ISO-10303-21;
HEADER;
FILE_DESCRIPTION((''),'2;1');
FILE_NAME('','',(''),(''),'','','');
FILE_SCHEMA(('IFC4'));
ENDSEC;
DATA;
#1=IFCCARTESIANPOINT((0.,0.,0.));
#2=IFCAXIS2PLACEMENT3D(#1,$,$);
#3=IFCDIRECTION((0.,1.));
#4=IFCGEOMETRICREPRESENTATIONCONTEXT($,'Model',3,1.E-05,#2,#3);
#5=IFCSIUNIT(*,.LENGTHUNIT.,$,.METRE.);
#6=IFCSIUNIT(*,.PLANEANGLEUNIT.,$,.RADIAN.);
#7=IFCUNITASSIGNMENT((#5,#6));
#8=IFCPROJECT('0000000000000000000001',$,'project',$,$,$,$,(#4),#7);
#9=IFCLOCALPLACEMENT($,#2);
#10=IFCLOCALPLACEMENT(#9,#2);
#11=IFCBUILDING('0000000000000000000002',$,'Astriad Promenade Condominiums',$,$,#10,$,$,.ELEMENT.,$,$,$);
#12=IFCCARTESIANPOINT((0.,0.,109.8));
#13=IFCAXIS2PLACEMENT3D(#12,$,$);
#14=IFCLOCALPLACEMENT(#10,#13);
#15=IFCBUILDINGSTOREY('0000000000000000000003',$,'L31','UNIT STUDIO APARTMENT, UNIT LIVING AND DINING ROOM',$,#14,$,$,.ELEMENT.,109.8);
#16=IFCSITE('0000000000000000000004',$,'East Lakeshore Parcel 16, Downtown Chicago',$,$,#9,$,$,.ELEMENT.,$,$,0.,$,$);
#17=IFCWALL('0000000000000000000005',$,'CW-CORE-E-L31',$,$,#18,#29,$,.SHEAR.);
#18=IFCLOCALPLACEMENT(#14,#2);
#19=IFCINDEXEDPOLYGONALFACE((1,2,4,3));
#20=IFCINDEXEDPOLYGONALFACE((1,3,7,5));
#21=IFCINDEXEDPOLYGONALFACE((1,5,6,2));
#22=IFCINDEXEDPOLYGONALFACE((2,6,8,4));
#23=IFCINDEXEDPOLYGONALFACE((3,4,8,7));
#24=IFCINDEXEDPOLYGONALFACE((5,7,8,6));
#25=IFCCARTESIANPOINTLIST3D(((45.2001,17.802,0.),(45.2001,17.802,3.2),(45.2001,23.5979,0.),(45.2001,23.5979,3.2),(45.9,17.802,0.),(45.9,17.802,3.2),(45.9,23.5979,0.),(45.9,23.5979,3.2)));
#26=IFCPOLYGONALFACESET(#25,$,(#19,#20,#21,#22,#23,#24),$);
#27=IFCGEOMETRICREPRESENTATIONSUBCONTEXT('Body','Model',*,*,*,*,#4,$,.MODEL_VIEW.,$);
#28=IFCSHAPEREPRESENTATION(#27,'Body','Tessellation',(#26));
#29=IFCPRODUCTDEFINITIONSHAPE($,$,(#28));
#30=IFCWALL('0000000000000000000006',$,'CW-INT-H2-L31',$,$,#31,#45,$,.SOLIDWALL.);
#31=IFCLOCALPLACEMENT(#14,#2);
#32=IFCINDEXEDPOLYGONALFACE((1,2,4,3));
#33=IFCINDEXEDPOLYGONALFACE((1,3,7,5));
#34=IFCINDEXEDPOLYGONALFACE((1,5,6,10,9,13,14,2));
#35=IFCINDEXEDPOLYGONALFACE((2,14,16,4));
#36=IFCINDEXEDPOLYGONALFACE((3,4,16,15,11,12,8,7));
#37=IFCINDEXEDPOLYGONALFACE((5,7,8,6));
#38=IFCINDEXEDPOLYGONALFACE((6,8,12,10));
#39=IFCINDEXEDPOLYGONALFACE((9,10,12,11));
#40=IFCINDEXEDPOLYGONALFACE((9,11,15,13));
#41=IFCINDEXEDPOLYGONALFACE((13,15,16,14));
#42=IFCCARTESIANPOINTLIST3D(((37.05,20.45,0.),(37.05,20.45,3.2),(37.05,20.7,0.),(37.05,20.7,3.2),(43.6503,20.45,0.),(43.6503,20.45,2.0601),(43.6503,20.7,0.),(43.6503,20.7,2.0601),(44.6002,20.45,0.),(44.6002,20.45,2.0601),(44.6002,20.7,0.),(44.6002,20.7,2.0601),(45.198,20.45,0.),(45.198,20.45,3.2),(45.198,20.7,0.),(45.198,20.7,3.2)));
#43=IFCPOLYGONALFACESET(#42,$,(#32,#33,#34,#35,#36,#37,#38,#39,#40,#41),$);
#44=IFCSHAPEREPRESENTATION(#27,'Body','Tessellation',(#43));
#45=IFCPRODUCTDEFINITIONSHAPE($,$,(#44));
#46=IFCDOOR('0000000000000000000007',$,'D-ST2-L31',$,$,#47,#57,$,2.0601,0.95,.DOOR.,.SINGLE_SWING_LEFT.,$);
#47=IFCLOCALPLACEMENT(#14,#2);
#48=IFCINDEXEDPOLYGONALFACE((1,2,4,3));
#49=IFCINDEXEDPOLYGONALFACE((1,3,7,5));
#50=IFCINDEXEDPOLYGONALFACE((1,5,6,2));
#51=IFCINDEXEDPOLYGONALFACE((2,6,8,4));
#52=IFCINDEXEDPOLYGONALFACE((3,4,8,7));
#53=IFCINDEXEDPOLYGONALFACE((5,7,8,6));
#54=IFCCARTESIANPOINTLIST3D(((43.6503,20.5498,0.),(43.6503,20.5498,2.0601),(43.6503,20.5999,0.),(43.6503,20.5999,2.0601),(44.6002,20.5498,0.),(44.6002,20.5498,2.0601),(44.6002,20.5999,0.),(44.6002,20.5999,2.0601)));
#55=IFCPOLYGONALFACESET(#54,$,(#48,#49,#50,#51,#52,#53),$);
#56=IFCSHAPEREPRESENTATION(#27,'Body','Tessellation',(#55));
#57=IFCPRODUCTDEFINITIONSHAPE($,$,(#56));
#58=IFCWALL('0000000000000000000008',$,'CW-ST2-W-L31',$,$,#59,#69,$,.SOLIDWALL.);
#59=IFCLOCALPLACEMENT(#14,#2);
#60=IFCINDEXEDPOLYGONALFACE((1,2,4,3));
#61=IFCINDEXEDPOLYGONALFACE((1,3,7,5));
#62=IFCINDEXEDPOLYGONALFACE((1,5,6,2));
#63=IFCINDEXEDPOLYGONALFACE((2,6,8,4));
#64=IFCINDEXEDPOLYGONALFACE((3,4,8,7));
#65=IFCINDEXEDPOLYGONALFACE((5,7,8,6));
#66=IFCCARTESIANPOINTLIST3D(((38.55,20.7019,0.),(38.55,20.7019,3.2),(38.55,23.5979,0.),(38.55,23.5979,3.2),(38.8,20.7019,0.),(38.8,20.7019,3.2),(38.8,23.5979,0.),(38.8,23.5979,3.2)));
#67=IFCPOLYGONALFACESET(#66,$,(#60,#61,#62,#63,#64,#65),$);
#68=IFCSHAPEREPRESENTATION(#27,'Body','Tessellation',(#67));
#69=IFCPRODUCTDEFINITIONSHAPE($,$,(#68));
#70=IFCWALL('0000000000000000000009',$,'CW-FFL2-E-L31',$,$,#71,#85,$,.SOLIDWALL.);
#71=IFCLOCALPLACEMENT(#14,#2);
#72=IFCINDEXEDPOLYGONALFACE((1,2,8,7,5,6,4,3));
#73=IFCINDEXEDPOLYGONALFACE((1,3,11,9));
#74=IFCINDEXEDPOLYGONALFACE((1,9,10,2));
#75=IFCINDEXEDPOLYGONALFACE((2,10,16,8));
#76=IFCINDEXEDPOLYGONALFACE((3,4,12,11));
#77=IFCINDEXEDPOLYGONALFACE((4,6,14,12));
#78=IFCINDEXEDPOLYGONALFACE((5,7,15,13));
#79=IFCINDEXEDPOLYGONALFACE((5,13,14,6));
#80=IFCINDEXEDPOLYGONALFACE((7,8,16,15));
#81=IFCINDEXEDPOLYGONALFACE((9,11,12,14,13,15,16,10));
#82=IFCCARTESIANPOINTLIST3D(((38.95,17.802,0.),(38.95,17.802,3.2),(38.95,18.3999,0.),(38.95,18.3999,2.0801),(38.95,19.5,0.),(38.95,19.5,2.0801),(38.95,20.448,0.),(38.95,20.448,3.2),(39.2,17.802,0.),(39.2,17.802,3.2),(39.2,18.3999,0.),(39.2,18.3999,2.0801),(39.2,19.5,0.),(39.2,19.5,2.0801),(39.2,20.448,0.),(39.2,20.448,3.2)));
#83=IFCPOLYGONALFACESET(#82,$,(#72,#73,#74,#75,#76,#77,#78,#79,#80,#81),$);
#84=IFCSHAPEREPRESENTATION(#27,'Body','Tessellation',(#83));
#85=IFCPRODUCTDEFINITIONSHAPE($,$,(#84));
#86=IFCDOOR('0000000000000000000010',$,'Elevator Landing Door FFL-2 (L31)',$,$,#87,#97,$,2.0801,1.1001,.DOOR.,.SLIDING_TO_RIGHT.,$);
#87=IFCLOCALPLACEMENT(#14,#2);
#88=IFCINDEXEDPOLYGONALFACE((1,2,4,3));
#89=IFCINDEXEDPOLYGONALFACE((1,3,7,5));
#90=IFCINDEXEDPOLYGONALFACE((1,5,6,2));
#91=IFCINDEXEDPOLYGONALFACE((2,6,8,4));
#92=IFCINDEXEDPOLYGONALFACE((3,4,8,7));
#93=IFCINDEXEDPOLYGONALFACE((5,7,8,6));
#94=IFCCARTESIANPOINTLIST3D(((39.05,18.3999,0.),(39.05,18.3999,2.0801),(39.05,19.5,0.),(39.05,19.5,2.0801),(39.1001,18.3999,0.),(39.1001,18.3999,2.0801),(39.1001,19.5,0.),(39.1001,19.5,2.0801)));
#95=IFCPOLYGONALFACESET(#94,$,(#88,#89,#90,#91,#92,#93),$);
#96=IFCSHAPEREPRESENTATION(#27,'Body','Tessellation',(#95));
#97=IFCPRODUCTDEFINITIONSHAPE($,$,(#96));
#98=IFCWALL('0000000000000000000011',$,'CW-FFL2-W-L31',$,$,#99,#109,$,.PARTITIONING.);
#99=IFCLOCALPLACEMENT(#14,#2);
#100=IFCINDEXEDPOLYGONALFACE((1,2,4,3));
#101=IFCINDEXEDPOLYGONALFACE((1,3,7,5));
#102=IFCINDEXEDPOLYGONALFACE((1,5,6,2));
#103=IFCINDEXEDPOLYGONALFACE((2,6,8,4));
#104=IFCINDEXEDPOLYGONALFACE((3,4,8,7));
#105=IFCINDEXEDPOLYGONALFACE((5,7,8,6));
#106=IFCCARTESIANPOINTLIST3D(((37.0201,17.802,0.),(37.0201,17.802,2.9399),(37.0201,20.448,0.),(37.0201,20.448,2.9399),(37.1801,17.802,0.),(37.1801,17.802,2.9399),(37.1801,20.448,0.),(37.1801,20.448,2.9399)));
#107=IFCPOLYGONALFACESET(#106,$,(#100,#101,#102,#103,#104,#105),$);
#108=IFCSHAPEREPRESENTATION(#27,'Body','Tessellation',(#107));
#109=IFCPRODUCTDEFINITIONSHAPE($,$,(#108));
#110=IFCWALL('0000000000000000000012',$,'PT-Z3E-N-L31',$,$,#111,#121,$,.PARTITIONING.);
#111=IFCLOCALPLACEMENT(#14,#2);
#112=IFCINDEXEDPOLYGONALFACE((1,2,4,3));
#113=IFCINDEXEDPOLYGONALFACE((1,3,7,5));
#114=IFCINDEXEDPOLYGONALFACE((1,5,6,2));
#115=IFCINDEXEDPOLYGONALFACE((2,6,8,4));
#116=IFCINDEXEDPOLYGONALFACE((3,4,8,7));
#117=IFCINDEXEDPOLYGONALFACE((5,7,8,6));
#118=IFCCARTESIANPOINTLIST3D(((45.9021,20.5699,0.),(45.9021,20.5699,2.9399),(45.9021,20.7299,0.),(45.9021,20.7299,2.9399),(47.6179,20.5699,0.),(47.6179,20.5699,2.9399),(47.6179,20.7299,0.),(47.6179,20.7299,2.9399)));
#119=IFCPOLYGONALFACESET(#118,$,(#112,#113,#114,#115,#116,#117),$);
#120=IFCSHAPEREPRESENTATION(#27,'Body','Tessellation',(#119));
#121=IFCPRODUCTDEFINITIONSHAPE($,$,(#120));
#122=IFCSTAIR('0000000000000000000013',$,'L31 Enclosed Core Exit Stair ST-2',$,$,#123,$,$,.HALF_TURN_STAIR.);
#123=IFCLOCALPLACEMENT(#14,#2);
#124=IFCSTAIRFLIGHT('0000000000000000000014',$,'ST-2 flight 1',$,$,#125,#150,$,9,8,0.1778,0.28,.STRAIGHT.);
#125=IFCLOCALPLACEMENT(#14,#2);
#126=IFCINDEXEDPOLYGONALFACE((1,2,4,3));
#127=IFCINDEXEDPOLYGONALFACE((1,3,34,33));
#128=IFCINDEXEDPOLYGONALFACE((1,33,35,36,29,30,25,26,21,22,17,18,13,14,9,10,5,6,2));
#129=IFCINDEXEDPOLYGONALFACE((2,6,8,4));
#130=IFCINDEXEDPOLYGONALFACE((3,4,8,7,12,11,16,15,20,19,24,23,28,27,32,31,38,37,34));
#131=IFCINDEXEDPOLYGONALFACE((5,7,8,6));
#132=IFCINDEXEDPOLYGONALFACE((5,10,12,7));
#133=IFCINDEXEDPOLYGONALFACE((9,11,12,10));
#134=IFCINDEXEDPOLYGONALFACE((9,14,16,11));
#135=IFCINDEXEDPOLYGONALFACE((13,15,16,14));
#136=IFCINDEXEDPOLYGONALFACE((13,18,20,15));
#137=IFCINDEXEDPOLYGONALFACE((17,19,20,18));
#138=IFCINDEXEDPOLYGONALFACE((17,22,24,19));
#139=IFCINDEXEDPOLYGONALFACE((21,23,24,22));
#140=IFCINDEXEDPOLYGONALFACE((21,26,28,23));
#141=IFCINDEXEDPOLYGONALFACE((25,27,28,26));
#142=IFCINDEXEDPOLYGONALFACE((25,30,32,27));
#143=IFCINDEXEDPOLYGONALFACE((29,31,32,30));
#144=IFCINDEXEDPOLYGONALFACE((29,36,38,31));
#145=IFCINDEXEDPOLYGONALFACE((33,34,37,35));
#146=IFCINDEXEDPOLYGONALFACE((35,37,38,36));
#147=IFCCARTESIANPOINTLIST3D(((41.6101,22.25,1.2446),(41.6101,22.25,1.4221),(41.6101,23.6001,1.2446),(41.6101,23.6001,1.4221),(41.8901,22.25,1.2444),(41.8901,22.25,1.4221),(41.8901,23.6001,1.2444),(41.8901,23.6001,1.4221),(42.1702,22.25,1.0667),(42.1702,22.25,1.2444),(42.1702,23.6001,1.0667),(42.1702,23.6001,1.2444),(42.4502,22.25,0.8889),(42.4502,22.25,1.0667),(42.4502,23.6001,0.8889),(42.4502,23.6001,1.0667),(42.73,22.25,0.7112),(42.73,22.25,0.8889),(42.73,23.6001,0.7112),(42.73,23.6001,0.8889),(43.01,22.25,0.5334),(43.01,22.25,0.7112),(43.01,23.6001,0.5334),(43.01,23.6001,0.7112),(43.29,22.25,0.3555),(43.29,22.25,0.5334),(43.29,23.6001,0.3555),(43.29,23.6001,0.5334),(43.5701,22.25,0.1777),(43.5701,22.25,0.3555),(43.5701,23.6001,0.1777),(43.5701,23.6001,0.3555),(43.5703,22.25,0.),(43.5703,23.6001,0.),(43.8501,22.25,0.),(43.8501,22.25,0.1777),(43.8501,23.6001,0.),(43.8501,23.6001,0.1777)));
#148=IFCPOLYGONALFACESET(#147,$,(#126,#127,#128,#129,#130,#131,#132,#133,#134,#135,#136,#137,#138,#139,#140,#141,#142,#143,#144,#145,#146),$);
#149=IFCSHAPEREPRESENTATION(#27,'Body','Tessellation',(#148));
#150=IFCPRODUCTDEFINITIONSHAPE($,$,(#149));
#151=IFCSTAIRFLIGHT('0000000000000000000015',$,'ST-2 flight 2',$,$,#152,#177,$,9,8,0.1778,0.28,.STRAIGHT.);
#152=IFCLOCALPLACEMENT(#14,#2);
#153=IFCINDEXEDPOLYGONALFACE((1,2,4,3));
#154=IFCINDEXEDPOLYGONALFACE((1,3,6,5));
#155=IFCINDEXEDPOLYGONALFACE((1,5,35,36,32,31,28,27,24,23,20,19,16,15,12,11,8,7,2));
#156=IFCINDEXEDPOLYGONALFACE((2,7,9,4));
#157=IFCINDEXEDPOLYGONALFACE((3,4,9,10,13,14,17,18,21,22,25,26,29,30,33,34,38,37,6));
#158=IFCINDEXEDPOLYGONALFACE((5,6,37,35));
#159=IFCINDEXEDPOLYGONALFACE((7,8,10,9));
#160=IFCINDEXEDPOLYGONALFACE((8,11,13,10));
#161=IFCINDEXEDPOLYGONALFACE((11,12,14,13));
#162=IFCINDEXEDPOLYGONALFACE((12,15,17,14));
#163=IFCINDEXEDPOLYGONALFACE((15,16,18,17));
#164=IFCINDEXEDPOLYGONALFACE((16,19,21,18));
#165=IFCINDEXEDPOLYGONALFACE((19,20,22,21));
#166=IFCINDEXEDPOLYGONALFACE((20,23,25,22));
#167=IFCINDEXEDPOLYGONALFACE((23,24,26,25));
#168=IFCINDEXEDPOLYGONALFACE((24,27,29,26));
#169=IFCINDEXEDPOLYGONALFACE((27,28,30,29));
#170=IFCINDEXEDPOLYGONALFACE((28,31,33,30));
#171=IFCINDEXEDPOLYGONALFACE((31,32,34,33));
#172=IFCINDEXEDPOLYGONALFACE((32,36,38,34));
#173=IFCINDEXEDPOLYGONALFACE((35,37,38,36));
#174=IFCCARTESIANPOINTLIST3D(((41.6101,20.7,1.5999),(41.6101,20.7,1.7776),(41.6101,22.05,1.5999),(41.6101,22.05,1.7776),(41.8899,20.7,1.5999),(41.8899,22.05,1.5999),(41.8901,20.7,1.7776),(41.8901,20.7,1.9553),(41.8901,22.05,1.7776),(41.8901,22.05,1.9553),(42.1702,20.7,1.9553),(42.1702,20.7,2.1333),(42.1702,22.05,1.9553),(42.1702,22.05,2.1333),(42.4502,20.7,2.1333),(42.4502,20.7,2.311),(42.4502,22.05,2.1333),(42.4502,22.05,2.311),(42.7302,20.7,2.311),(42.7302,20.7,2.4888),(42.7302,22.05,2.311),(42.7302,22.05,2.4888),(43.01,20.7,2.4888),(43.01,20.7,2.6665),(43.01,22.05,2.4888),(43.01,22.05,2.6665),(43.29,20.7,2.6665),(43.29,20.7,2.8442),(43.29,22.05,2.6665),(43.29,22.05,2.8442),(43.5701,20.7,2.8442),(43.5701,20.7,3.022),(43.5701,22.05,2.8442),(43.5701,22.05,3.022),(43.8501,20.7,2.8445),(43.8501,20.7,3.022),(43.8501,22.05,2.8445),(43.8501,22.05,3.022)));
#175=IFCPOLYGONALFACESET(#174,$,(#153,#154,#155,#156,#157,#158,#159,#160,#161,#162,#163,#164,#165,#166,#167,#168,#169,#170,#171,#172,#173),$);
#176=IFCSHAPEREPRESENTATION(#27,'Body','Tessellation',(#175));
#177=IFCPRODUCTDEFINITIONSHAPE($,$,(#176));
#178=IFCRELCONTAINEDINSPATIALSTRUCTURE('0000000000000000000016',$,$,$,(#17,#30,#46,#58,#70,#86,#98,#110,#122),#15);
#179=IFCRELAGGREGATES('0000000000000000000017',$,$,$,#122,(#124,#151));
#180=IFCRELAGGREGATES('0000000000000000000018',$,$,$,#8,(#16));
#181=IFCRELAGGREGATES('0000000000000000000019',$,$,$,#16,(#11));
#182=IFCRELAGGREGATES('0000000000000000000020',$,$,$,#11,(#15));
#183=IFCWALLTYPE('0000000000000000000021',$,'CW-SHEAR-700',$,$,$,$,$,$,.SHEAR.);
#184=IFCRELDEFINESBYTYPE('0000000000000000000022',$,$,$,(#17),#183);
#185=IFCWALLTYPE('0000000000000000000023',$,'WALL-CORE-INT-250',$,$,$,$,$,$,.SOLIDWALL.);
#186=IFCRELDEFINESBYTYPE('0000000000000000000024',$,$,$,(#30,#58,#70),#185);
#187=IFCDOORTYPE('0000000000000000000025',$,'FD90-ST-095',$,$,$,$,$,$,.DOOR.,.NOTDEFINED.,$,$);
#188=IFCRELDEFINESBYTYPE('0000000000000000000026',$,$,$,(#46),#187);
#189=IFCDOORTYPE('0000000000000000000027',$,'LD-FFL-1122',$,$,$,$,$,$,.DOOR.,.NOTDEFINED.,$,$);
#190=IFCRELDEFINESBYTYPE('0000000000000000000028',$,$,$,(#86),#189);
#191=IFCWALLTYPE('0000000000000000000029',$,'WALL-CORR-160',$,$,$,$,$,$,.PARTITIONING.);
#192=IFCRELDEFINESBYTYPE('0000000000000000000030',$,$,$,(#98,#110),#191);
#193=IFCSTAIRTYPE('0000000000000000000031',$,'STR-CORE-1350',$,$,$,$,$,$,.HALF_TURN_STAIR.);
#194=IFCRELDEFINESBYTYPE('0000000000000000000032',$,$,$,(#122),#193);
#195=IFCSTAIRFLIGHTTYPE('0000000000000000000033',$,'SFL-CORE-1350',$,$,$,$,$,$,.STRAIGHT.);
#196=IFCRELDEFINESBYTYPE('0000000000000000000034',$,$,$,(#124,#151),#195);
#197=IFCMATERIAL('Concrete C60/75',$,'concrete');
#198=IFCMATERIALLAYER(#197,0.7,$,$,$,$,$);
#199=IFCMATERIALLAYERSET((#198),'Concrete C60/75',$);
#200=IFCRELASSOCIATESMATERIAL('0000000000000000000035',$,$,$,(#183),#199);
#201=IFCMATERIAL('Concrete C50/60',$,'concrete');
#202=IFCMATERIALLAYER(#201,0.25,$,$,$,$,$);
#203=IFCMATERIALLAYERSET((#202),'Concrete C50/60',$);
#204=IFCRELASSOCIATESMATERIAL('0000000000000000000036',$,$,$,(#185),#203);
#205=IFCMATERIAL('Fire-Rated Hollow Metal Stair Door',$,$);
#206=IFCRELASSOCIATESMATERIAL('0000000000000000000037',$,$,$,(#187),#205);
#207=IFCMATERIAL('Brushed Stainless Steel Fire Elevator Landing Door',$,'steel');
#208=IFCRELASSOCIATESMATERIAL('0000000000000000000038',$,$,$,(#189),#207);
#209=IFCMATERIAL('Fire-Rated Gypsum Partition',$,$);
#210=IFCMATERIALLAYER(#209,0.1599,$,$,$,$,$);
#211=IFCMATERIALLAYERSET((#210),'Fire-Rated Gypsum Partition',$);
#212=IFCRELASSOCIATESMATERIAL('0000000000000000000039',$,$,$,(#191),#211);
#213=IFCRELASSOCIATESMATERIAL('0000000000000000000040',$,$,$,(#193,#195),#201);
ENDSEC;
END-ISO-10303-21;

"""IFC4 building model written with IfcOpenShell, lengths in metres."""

from ifc_helpers import new_model, si_unit, direction, frame, frame_2d, origin, place, context, subcontext, project, spatial, polyline, rectangle, outline, extrude, source, transform, mapped, material, layer, layer_set, type_object, type_shapes, element, fill, aggregate, save


model = new_model("IFC4")

# Units and contexts
model_context = context("Model", 3, precision=1e-05, world=origin(), true_north=direction((0.0, 1.0)))
body_context = subcontext(model_context, "Body", "Model", "MODEL_VIEW")
ifc_project = project(units=[si_unit("LENGTHUNIT", "METRE"), si_unit("PLANEANGLEUNIT", "RADIAN")], contexts=[model_context])

# Site, building, storey
site_placement = place(None, origin())
site = spatial("IfcSite", under=ifc_project, at=site_placement, Name="East Lakeshore Parcel 16, Downtown Chicago", CompositionType="ELEMENT", RefElevation=0.0)
building_placement = place(site_placement, origin())
building = spatial("IfcBuilding", under=site, at=building_placement, Name="Astriad Promenade Condominiums", CompositionType="ELEMENT")
storey_placement = place(building_placement, frame((0.0, 0.0, 109.8)))
storey = spatial("IfcBuildingStorey", under=building, at=storey_placement, Name="L31", Description="UNIT STUDIO APARTMENT, UNIT LIVING AND DINING ROOM", CompositionType="ELEMENT", Elevation=109.8)

# Wall
ifc_material_1 = material(Name="Concrete C60/75", Category="concrete")
ifc_layer_1 = layer(ifc_material_1, 0.7)
ifc_layer_set_1 = layer_set([ifc_layer_1], Name="Concrete C60/75")
wall_type_1 = type_object("IfcWallType", Name="CW-SHEAR-700", PredefinedType="SHEAR", material=ifc_layer_set_1)
wall_1_placement = place(storey_placement, frame((45.55, 17.802, 0.0), z_axis=(0.0, 0.0, 1.0), x_axis=(0.0, 1.0, 0.0)))
element("IfcWall", 1, at=wall_1_placement, inside=storey, type_object=wall_type_1, Name="CW-CORE-E-L31", PredefinedType="SHEAR", context=body_context, shape_type="SweptSolid", body=[
    extrude(rectangle(XDim=5.7959, YDim=0.7, at=frame_2d((2.8979, 0.0))), origin(), (0.0, 0.0, 1.0), 3.2),
])

# Wall, opening, door
ifc_material_2 = material(Name="Concrete C50/60", Category="concrete")
ifc_layer_2 = layer(ifc_material_2, 0.25)
ifc_layer_set_2 = layer_set([ifc_layer_2], Name="Concrete C50/60")
wall_type_2 = type_object("IfcWallType", Name="WALL-CORE-INT-250", PredefinedType="SOLIDWALL", material=ifc_layer_set_2)
wall_2_placement = place(storey_placement, frame((37.05, 20.575, 0.0), z_axis=(0.0, 0.0, 1.0), x_axis=(1.0, 0.0, 0.0)))
wall_2 = element("IfcWall", 2, at=wall_2_placement, inside=storey, type_object=wall_type_2, Name="CW-INT-H2-L31", PredefinedType="SOLIDWALL", context=body_context, shape_type="SweptSolid", body=[
    extrude(rectangle(XDim=8.1479, YDim=0.25, at=frame_2d((4.074, 0.0))), origin(), (0.0, 0.0, 1.0), 3.2),
])
opening_1_placement = place(wall_2_placement, frame((6.6001, 0.0, 0.0)))
opening_1 = element("IfcOpeningElement", 3, at=opening_1_placement, cuts=wall_2, PredefinedType="OPENING", context=body_context, shape_type="SweptSolid", body=[
    extrude(rectangle(XDim=0.95, YDim=2.0601, at=frame_2d((0.4751, 1.03))), frame((0.0, 0.135, 0.0), z_axis=(0.0, -1.0, 0.0), x_axis=(1.0, 0.0, 0.0)), (0.0, 0.0, 1.0), 0.27),
])
ifc_material_3 = material(Name="Fire-Rated Hollow Metal Stair Door")
door_type_1 = type_object("IfcDoorType", Name="FD90-ST-095", OperationType="NOTDEFINED", PredefinedType="DOOR", material=ifc_material_3)
shared_shape_1 = source(origin(), body_context, "Body", "SweptSolid", [
    extrude(rectangle(XDim=0.95, YDim=2.0601, at=frame_2d((0.4751, 1.03))), frame((0.0, 0.0249, 0.0), z_axis=(0.0, -1.0, 0.0), x_axis=(1.0, 0.0, 0.0)), (0.0, 0.0, 1.0), 0.05),
])
type_shapes(door_type_1, [shared_shape_1])
door_1_placement = place(opening_1_placement, origin())
door_1 = element("IfcDoor", 4, at=door_1_placement, inside=storey, type_object=door_type_1, Name="D-ST2-L31", OperationType="SINGLE_SWING_LEFT", OverallHeight=2.0601, OverallWidth=0.95, PredefinedType="DOOR", context=body_context, shape_type="MappedRepresentation", body=[
    mapped(shared_shape_1, transform((0.0, 0.0, 0.0), scale=1.0)),
])
fill(opening_1, door_1)

# Wall
wall_3_placement = place(storey_placement, frame((38.675, 20.7019, 0.0), z_axis=(0.0, 0.0, 1.0), x_axis=(0.0, 1.0, 0.0)))
element("IfcWall", 5, at=wall_3_placement, inside=storey, type_object=wall_type_2, Name="CW-ST2-W-L31", PredefinedType="SOLIDWALL", context=body_context, shape_type="SweptSolid", body=[
    extrude(rectangle(XDim=2.896, YDim=0.25, at=frame_2d((1.448, 0.0))), origin(), (0.0, 0.0, 1.0), 3.2),
])

# Wall, opening, door
wall_4_placement = place(storey_placement, frame((39.075, 17.802, 0.0), z_axis=(0.0, 0.0, 1.0), x_axis=(0.0, 1.0, 0.0)))
wall_4 = element("IfcWall", 6, at=wall_4_placement, inside=storey, type_object=wall_type_2, Name="CW-FFL2-E-L31", PredefinedType="SOLIDWALL", context=body_context, shape_type="SweptSolid", body=[
    extrude(rectangle(XDim=2.646, YDim=0.25, at=frame_2d((1.323, 0.0))), origin(), (0.0, 0.0, 1.0), 3.2),
])
opening_2_placement = place(wall_4_placement, frame((0.5979, 0.0, 0.0)))
opening_2 = element("IfcOpeningElement", 7, at=opening_2_placement, cuts=wall_4, PredefinedType="OPENING", context=body_context, shape_type="SweptSolid", body=[
    extrude(rectangle(XDim=1.1001, YDim=2.0801, at=frame_2d((0.55, 1.04))), frame((0.0, 0.135, 0.0), z_axis=(0.0, -1.0, 0.0), x_axis=(1.0, 0.0, 0.0)), (0.0, 0.0, 1.0), 0.27),
])
ifc_material_4 = material(Name="Brushed Stainless Steel Fire Elevator Landing Door", Category="steel")
door_type_2 = type_object("IfcDoorType", Name="LD-FFL-1122", OperationType="NOTDEFINED", PredefinedType="DOOR", material=ifc_material_4)
shared_shape_2 = source(origin(), body_context, "Body", "SweptSolid", [
    extrude(rectangle(XDim=1.1001, YDim=2.0801, at=frame_2d((0.55, 1.04))), frame((0.0, 0.0249, 0.0), z_axis=(0.0, -1.0, 0.0), x_axis=(1.0, 0.0, 0.0)), (0.0, 0.0, 1.0), 0.05),
])
type_shapes(door_type_2, [shared_shape_2])
door_2_placement = place(opening_2_placement, origin())
door_2 = element("IfcDoor", 8, at=door_2_placement, inside=storey, type_object=door_type_2, Name="Elevator Landing Door FFL-2 (L31)", OperationType="SLIDING_TO_RIGHT", OverallHeight=2.0801, OverallWidth=1.1001, PredefinedType="DOOR", context=body_context, shape_type="MappedRepresentation", body=[
    mapped(shared_shape_2, transform((0.0, 0.0, 0.0), scale=1.0)),
])
fill(opening_2, door_2)

# Walls
ifc_material_5 = material(Name="Fire-Rated Gypsum Partition")
ifc_layer_3 = layer(ifc_material_5, 0.1599)
ifc_layer_set_3 = layer_set([ifc_layer_3], Name="Fire-Rated Gypsum Partition")
wall_type_3 = type_object("IfcWallType", Name="WALL-CORR-160", PredefinedType="PARTITIONING", material=ifc_layer_set_3)
wall_5_placement = place(storey_placement, frame((37.1001, 17.802, 0.0), z_axis=(0.0, 0.0, 1.0), x_axis=(0.0, 1.0, 0.0)))
element("IfcWall", 9, at=wall_5_placement, inside=storey, type_object=wall_type_3, Name="CW-FFL2-W-L31", PredefinedType="PARTITIONING", context=body_context, shape_type="SweptSolid", body=[
    extrude(rectangle(XDim=2.646, YDim=0.1599, at=frame_2d((1.323, 0.0))), origin(), (0.0, 0.0, 1.0), 2.9399),
])
wall_6_placement = place(storey_placement, frame((45.9021, 20.6499, 0.0), z_axis=(0.0, 0.0, 1.0), x_axis=(1.0, 0.0, 0.0)))
element("IfcWall", 10, at=wall_6_placement, inside=storey, type_object=wall_type_3, Name="PT-Z3E-N-L31", PredefinedType="PARTITIONING", context=body_context, shape_type="SweptSolid", body=[
    extrude(rectangle(XDim=1.7158, YDim=0.1599, at=frame_2d((0.8579, 0.0))), origin(), (0.0, 0.0, 1.0), 2.9399),
])

# Stair, stair flights
stair_type = type_object("IfcStairType", Name="STR-CORE-1350", PredefinedType="HALF_TURN_STAIR", material=ifc_material_2)
stair_placement = place(storey_placement, origin())
stair = element("IfcStair", 11, at=stair_placement, inside=storey, type_object=stair_type, Name="L31 Enclosed Core Exit Stair ST-2", PredefinedType="HALF_TURN_STAIR")
stair_flight_type = type_object("IfcStairFlightType", Name="SFL-CORE-1350", PredefinedType="STRAIGHT", material=ifc_material_2)
shared_shape_3 = source(origin(), body_context, "Body", "SweptSolid", [
    extrude(outline(polyline([(0.0, 0.0), (0.0, 0.1777), (0.28, 0.1777), (0.28, 0.3555), (0.5601, 0.3555), (0.5601, 0.5334), (0.8401, 0.5334), (0.8401, 0.7112), (1.1201, 0.7112), (1.1201, 0.8889), (1.3999, 0.8889), (1.3999, 1.0667), (1.6799, 1.0667), (1.6799, 1.2444), (1.96, 1.2444), (1.96, 1.4221), (2.24, 1.4221), (2.24, 1.6001), (2.24, 1.2446), (0.2798, 0.0), (0.0, 0.0)])), frame((0.0, 0.675, 0.0), z_axis=(0.0, -1.0, 0.0), x_axis=(1.0, 0.0, 0.0)), (0.0, 0.0, 1.0), 1.3501),
])
type_shapes(stair_flight_type, [shared_shape_3])
stair_flight_1_placement = place(storey_placement, frame((43.8501, 22.925, 0.0), z_axis=(0.0, 0.0, 1.0), x_axis=(-1.0, 0.0, 0.0)))
stair_flight_1 = element("IfcStairFlight", 12, at=stair_flight_1_placement, type_object=stair_flight_type, Name="ST-2 flight 1", NumberOfRisers=9, NumberOfTreads=8, PredefinedType="STRAIGHT", RiserHeight=0.1778, TreadLength=0.28, context=body_context, shape_type="MappedRepresentation", body=[
    mapped(shared_shape_3, transform((0.0, 0.0, 0.0), scale=1.0)),
])
stair_flight_2_placement = place(storey_placement, frame((41.6101, 21.375, 1.5999), z_axis=(0.0, 0.0, 1.0), x_axis=(1.0, 0.0, 0.0)))
stair_flight_2 = element("IfcStairFlight", 13, at=stair_flight_2_placement, type_object=stair_flight_type, Name="ST-2 flight 2", NumberOfRisers=9, NumberOfTreads=8, PredefinedType="STRAIGHT", RiserHeight=0.1778, TreadLength=0.28, context=body_context, shape_type="MappedRepresentation", body=[
    mapped(shared_shape_3, transform((0.0, 0.0, 0.0), scale=1.0)),
])
aggregate(stair, [stair_flight_1, stair_flight_2])

save(model, "model.ifc")
